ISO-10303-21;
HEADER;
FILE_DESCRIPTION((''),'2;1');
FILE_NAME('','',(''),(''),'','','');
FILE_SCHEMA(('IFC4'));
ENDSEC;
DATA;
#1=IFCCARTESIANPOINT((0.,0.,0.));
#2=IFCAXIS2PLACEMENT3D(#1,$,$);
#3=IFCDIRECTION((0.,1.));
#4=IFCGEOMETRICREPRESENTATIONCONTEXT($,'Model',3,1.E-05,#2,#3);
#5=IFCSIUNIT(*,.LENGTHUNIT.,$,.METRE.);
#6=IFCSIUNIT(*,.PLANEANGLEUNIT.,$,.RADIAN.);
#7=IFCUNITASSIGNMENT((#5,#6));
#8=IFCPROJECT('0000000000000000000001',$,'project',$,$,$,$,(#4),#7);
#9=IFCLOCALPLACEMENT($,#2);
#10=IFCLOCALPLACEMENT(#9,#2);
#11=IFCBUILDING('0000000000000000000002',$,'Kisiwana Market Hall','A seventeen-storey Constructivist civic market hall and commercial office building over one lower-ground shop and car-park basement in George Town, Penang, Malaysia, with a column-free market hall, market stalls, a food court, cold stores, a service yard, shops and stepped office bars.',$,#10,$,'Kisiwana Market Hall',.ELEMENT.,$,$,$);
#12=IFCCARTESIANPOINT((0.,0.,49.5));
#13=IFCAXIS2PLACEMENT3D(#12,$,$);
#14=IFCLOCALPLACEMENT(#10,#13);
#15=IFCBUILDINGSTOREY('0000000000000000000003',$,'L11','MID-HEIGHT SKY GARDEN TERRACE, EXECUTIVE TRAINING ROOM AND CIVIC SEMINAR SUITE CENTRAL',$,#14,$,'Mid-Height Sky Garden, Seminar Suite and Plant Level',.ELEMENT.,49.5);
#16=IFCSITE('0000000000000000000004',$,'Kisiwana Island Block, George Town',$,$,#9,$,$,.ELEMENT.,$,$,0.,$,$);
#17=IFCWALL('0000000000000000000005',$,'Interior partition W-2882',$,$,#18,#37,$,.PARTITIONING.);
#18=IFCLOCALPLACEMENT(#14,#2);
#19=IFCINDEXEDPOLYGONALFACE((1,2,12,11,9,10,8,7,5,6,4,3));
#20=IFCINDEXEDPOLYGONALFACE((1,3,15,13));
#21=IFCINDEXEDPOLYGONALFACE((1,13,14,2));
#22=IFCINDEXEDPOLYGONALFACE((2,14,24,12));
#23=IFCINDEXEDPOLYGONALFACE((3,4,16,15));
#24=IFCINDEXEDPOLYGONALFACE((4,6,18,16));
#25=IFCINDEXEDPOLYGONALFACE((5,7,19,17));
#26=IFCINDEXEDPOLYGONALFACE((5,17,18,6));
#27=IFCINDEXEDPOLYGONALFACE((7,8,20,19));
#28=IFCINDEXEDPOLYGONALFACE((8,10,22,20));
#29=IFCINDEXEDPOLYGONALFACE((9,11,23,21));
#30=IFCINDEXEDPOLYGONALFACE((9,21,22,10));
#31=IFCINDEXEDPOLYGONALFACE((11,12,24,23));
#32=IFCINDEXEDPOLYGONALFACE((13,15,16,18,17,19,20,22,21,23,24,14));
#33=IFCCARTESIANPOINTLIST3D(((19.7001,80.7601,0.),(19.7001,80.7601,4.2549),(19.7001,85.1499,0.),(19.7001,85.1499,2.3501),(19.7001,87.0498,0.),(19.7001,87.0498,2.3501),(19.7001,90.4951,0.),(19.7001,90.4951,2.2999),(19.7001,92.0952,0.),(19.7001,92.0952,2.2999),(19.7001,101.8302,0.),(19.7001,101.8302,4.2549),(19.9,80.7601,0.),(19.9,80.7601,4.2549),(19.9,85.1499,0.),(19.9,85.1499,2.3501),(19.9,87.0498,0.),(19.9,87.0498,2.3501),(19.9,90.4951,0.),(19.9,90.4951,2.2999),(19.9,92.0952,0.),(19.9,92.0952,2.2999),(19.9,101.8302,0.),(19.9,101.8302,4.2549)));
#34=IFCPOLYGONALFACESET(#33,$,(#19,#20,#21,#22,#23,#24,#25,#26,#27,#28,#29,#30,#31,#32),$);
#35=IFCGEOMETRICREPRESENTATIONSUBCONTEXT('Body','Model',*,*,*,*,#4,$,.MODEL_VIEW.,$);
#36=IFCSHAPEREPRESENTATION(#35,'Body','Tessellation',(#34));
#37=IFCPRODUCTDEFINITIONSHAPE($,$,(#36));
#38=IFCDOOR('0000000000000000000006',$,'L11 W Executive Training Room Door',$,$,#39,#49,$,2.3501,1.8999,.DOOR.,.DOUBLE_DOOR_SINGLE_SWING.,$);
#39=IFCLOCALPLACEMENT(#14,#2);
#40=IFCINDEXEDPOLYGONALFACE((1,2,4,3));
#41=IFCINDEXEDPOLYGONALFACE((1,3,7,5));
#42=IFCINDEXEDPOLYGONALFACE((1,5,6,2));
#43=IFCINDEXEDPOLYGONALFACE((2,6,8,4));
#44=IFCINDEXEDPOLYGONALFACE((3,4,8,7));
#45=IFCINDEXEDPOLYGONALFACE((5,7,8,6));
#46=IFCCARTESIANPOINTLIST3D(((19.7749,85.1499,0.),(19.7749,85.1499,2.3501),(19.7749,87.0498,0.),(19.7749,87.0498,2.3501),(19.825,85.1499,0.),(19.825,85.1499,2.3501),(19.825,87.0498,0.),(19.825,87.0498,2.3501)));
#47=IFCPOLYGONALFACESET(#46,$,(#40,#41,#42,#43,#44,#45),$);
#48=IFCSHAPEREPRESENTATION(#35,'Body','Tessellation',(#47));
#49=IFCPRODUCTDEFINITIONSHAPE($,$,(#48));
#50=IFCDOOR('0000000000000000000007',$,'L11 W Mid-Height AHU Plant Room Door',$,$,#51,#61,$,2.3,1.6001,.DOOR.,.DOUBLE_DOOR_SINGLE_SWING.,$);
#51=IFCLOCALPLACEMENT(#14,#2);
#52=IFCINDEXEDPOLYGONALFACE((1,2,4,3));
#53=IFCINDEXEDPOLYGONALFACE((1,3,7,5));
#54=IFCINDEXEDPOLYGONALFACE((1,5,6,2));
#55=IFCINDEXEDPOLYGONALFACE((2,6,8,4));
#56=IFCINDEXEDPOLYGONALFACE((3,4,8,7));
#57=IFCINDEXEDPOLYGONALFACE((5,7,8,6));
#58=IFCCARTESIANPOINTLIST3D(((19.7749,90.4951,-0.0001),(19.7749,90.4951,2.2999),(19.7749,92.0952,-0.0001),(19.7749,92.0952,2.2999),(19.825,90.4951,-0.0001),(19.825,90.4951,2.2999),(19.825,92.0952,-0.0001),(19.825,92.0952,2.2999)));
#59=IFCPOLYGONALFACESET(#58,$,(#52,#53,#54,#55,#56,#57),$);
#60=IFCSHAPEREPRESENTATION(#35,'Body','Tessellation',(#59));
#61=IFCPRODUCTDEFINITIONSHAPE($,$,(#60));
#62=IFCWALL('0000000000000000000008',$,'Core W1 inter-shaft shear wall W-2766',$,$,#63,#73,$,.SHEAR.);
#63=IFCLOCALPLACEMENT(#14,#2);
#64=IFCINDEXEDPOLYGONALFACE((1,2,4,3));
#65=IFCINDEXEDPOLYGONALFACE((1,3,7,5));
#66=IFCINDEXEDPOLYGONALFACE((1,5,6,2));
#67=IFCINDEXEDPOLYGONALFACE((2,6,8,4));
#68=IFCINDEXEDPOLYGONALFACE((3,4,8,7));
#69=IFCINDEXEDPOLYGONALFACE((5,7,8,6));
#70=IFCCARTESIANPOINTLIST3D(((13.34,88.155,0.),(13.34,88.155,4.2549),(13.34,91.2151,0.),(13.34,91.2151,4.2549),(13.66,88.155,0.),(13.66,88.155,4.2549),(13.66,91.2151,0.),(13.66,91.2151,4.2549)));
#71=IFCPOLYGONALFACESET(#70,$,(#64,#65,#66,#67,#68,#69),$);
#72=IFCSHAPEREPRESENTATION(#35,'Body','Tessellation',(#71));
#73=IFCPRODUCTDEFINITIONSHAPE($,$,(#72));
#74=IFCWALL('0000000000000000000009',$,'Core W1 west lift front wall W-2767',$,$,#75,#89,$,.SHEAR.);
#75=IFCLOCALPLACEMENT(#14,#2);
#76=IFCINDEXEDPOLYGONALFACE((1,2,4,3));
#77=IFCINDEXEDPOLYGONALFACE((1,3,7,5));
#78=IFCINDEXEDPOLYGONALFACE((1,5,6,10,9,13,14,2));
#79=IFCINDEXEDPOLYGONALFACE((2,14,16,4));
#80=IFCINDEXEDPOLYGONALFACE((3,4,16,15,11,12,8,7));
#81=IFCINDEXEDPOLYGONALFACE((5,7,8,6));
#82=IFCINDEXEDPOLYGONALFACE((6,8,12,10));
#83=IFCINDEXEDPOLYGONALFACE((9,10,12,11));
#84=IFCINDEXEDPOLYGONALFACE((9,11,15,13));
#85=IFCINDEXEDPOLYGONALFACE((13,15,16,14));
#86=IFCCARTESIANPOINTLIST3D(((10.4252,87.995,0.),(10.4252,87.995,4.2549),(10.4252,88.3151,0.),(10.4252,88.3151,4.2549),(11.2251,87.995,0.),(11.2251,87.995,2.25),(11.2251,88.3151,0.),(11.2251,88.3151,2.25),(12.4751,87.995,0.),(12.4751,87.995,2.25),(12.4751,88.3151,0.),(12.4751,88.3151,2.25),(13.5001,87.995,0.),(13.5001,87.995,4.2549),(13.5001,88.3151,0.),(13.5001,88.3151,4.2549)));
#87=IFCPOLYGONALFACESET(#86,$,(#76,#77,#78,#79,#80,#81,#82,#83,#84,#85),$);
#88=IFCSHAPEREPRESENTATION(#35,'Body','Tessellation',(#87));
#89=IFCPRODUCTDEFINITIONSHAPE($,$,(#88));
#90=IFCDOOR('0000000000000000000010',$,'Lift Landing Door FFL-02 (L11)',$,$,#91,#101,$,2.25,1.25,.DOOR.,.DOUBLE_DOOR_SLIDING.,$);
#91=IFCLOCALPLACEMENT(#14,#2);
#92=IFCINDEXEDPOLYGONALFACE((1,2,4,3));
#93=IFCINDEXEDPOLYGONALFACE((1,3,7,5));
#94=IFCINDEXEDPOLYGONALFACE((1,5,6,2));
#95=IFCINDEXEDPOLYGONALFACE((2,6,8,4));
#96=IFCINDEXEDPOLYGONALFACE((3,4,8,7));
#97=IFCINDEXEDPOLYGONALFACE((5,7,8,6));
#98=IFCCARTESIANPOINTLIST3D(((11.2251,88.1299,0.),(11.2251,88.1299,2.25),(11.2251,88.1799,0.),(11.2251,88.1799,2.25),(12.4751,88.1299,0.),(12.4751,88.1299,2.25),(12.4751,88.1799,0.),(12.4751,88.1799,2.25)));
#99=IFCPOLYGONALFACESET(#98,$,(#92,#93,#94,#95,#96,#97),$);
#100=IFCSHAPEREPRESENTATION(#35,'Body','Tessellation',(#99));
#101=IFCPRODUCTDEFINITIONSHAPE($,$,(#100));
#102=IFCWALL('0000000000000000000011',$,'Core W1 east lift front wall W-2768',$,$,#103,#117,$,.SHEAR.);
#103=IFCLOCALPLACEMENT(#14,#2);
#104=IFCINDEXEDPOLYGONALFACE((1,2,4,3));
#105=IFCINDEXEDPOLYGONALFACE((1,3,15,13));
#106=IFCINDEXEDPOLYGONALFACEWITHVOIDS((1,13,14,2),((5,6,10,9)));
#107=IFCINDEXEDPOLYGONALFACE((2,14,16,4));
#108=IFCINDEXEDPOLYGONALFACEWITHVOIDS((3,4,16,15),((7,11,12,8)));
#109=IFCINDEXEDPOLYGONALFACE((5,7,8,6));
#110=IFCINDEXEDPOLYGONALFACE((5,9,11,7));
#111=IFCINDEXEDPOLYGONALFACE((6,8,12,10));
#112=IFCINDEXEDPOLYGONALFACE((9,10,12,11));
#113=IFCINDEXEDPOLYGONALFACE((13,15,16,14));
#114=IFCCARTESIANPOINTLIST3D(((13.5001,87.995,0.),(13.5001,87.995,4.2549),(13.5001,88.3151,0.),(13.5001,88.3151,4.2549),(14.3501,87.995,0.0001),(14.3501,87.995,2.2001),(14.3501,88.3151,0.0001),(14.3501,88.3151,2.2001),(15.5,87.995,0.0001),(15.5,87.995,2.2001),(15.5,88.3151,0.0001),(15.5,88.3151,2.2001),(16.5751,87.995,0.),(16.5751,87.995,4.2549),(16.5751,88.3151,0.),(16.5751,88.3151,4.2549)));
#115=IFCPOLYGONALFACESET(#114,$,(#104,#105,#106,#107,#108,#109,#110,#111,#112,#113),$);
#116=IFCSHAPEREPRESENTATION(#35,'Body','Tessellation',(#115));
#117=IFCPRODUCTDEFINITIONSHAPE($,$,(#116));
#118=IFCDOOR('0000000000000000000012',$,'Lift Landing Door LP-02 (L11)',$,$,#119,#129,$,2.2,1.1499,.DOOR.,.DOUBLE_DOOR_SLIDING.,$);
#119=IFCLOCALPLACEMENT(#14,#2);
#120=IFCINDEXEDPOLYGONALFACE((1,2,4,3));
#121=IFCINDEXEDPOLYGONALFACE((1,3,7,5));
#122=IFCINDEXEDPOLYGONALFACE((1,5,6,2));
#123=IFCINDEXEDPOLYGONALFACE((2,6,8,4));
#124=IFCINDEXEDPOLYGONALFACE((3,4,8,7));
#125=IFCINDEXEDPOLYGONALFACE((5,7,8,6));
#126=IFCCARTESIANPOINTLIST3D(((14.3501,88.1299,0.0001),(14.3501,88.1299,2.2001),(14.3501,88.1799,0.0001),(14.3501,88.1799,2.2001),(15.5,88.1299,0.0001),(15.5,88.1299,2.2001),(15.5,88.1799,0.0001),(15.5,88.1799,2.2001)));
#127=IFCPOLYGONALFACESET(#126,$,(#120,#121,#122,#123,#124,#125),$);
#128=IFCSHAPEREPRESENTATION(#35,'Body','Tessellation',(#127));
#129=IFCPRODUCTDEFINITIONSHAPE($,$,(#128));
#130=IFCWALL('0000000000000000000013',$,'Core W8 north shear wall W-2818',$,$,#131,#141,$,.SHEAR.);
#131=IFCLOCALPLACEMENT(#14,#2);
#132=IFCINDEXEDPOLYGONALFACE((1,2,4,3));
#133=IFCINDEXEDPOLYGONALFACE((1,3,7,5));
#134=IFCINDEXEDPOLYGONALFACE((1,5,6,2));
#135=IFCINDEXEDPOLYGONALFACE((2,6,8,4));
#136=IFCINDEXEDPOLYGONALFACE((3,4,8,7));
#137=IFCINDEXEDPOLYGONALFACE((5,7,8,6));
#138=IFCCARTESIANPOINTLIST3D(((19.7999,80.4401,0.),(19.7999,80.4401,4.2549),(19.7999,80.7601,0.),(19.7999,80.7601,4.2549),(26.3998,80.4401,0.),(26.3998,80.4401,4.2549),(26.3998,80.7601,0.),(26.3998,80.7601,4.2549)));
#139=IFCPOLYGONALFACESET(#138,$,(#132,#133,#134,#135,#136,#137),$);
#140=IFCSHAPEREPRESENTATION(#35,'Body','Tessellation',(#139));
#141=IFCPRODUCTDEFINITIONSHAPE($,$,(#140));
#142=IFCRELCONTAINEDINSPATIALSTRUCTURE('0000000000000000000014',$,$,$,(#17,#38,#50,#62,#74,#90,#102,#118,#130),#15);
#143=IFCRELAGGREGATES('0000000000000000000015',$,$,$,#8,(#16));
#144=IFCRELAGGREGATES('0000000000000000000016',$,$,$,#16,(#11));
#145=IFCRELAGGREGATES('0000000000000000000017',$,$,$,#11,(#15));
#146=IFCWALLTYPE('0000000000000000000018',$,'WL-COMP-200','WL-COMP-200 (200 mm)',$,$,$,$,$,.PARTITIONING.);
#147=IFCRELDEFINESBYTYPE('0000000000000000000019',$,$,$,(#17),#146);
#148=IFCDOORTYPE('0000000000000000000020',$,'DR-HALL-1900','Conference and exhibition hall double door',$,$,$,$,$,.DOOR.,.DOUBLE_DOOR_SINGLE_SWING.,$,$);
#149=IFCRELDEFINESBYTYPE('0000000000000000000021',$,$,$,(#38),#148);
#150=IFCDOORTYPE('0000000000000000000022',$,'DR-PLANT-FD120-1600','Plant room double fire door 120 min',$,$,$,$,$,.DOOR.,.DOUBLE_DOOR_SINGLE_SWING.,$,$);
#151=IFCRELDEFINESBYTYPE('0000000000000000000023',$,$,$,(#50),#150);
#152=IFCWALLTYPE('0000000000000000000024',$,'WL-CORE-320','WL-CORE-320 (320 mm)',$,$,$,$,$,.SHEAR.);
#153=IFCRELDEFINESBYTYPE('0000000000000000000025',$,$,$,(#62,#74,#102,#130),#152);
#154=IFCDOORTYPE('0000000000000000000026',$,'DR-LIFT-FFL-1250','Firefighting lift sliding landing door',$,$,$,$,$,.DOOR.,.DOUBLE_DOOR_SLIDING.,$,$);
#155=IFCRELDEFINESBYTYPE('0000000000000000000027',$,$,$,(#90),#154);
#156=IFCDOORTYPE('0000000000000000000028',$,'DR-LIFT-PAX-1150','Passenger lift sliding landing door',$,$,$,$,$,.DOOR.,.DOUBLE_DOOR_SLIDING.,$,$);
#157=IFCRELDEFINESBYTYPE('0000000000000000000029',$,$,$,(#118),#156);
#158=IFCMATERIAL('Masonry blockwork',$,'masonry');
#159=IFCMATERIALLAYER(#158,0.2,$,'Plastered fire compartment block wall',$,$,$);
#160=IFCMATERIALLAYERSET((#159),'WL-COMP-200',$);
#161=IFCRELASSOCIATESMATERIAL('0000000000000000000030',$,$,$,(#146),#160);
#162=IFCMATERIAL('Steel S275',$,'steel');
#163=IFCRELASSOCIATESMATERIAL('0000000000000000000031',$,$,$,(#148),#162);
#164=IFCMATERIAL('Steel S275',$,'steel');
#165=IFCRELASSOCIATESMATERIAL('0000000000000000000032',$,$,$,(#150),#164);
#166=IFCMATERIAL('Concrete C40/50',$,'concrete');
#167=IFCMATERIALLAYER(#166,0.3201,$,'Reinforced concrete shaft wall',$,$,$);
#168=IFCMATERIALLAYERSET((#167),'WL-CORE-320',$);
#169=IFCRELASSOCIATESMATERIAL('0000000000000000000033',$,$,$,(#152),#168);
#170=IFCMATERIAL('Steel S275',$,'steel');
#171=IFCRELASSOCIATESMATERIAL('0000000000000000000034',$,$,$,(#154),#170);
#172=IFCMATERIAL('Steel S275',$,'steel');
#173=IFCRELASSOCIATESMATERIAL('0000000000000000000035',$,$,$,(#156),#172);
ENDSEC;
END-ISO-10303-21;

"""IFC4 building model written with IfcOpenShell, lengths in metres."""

from ifc_helpers import new_model, si_unit, direction, frame, frame_2d, origin, place, context, subcontext, project, spatial, rectangle, extrude, material, layer, layer_set, type_object, element, fill, save


model = new_model("IFC4")

# Units and contexts
model_context = context("Model", 3, precision=1e-05, world=origin(), true_north=direction((0.0, 1.0)))
body_context = subcontext(model_context, "Body", "Model", "MODEL_VIEW")
ifc_project = project(units=[si_unit("LENGTHUNIT", "METRE"), si_unit("PLANEANGLEUNIT", "RADIAN")], contexts=[model_context])

# Site, building, storey
site_placement = place(None, origin())
site = spatial("IfcSite", under=ifc_project, at=site_placement, Name="Kisiwana Island Block, George Town", CompositionType="ELEMENT", RefElevation=0.0)
building_placement = place(site_placement, origin())
building = spatial("IfcBuilding", under=site, at=building_placement, Name="Kisiwana Market Hall", Description="A seventeen-storey Constructivist civic market hall and commercial office building over one lower-ground shop and car-park basement in George Town, Penang, Malaysia, with a column-free market hall, market stalls, a food court, cold stores, a service yard, shops and stepped office bars.", LongName="Kisiwana Market Hall", CompositionType="ELEMENT")
storey_placement = place(building_placement, frame((0.0, 0.0, 49.5)))
storey = spatial("IfcBuildingStorey", under=building, at=storey_placement, Name="L11", Description="MID-HEIGHT SKY GARDEN TERRACE, EXECUTIVE TRAINING ROOM AND CIVIC SEMINAR SUITE CENTRAL", LongName="Mid-Height Sky Garden, Seminar Suite and Plant Level", CompositionType="ELEMENT", Elevation=49.5)

# Shared definitions
ifc_material_1 = material(Name="Masonry blockwork", Category="masonry")
ifc_layer_1 = layer(ifc_material_1, 0.2, Name="Plastered fire compartment block wall")
ifc_layer_set_1 = layer_set([ifc_layer_1], Name="WL-COMP-200")
wall_type_1 = type_object("IfcWallType", Name="WL-COMP-200", Description="WL-COMP-200 (200 mm)", PredefinedType="PARTITIONING", material=ifc_layer_set_1)

# Wall, openings, doors
wall_1_placement = place(storey_placement, frame((19.8, 80.76, 0.0), z_axis=(0.0, 0.0, 1.0), x_axis=(0.0, 1.0, 0.0)))
wall_1 = element("IfcWall", 1, at=wall_1_placement, inside=storey, type_object=wall_type_1, Name="Interior partition W-2882", PredefinedType="PARTITIONING", context=body_context, shape_type="SweptSolid", body=[
    extrude(rectangle(XDim=21.0701, YDim=0.2, at=frame_2d((10.5352, 0.0))), origin(), (0.0, 0.0, 1.0), 4.2549),
])
opening_1_placement = place(wall_1_placement, frame((4.3899, 0.0, 0.0)))
opening_1 = element("IfcOpeningElement", 2, at=opening_1_placement, cuts=wall_1, PredefinedType="OPENING", context=body_context, shape_type="SweptSolid", body=[
    extrude(rectangle(XDim=1.8999, YDim=2.3501, at=frame_2d((0.95, 1.175))), frame((0.0, 0.1118, 0.0), z_axis=(0.0, -1.0, 0.0), x_axis=(1.0, 0.0, 0.0)), (0.0, 0.0, 1.0), 0.2239),
])
opening_2_placement = place(wall_1_placement, frame((9.7351, 0.0, 0.0)))
opening_2 = element("IfcOpeningElement", 3, at=opening_2_placement, cuts=wall_1, PredefinedType="OPENING", context=body_context, shape_type="SweptSolid", body=[
    extrude(rectangle(XDim=1.6001, YDim=2.3, at=frame_2d((0.8, 1.1499))), frame((0.0, 0.1118, 0.0), z_axis=(0.0, -1.0, 0.0), x_axis=(1.0, 0.0, 0.0)), (0.0, 0.0, 1.0), 0.2239),
])
ifc_material_2 = material(Name="Steel S275", Category="steel")
door_type_1 = type_object("IfcDoorType", Name="DR-HALL-1900", Description="Conference and exhibition hall double door", OperationType="DOUBLE_DOOR_SINGLE_SWING", PredefinedType="DOOR", material=ifc_material_2)
door_1_placement = place(opening_1_placement, frame((1.8999, 0.0, 0.0), z_axis=(0.0, 0.0, 1.0), x_axis=(-1.0, 0.0, 0.0)))
door_1 = element("IfcDoor", 4, at=door_1_placement, inside=storey, type_object=door_type_1, Name="L11 W Executive Training Room Door", OperationType="DOUBLE_DOOR_SINGLE_SWING", OverallHeight=2.3501, OverallWidth=1.8999, PredefinedType="DOOR", context=body_context, shape_type="SweptSolid", body=[
    extrude(rectangle(XDim=1.8999, YDim=2.3501, at=frame_2d((0.95, 1.175))), frame((0.0, 0.0249, 0.0), z_axis=(0.0, -1.0, 0.0), x_axis=(1.0, 0.0, 0.0)), (0.0, 0.0, 1.0), 0.05),
])
fill(opening_1, door_1)
ifc_material_3 = material(Name="Steel S275", Category="steel")
door_type_2 = type_object("IfcDoorType", Name="DR-PLANT-FD120-1600", Description="Plant room double fire door 120 min", OperationType="DOUBLE_DOOR_SINGLE_SWING", PredefinedType="DOOR", material=ifc_material_3)
door_2_placement = place(opening_2_placement, frame((1.6001, 0.0, 0.0), z_axis=(0.0, 0.0, 1.0), x_axis=(-1.0, 0.0, 0.0)))
door_2 = element("IfcDoor", 5, at=door_2_placement, inside=storey, type_object=door_type_2, Name="L11 W Mid-Height AHU Plant Room Door", OperationType="DOUBLE_DOOR_SINGLE_SWING", OverallHeight=2.3, OverallWidth=1.6001, PredefinedType="DOOR", context=body_context, shape_type="SweptSolid", body=[
    extrude(rectangle(XDim=1.6001, YDim=2.3, at=frame_2d((0.8, 1.1499))), frame((0.0, 0.0249, 0.0), z_axis=(0.0, -1.0, 0.0), x_axis=(1.0, 0.0, 0.0)), (0.0, 0.0, 1.0), 0.05),
])
fill(opening_2, door_2)

# Wall
ifc_material_4 = material(Name="Concrete C40/50", Category="concrete")
ifc_layer_2 = layer(ifc_material_4, 0.3201, Name="Reinforced concrete shaft wall")
ifc_layer_set_2 = layer_set([ifc_layer_2], Name="WL-CORE-320")
wall_type_2 = type_object("IfcWallType", Name="WL-CORE-320", Description="WL-CORE-320 (320 mm)", PredefinedType="SHEAR", material=ifc_layer_set_2)
wall_2_placement = place(storey_placement, frame((13.5, 88.155, 0.0), z_axis=(0.0, 0.0, 1.0), x_axis=(0.0, 1.0, 0.0)))
element("IfcWall", 6, at=wall_2_placement, inside=storey, type_object=wall_type_2, Name="Core W1 inter-shaft shear wall W-2766", PredefinedType="SHEAR", context=body_context, shape_type="SweptSolid", body=[
    extrude(rectangle(XDim=3.0601, YDim=0.3201, at=frame_2d((1.53, 0.0))), origin(), (0.0, 0.0, 1.0), 4.2549),
])

# Walls, openings, doors
wall_3_placement = place(storey_placement, frame((10.425, 88.155, 0.0), z_axis=(0.0, 0.0, 1.0), x_axis=(1.0, 0.0, 0.0)))
wall_3 = element("IfcWall", 7, at=wall_3_placement, inside=storey, type_object=wall_type_2, Name="Core W1 west lift front wall W-2767", PredefinedType="SHEAR", context=body_context, shape_type="SweptSolid", body=[
    extrude(rectangle(XDim=3.075, YDim=0.3201, at=frame_2d((1.5376, 0.0))), origin(), (0.0, 0.0, 1.0), 4.2549),
])
opening_3_placement = place(wall_3_placement, frame((0.8, 0.0, 0.0)))
opening_3 = element("IfcOpeningElement", 8, at=opening_3_placement, cuts=wall_3, PredefinedType="OPENING", context=body_context, shape_type="SweptSolid", body=[
    extrude(rectangle(XDim=1.25, YDim=2.25, at=frame_2d((0.625, 1.125))), frame((0.0, 0.1719, 0.0), z_axis=(0.0, -1.0, 0.0), x_axis=(1.0, 0.0, 0.0)), (0.0, 0.0, 1.0), 0.344),
])
ifc_material_5 = material(Name="Steel S275", Category="steel")
door_type_3 = type_object("IfcDoorType", Name="DR-LIFT-FFL-1250", Description="Firefighting lift sliding landing door", OperationType="DOUBLE_DOOR_SLIDING", PredefinedType="DOOR", material=ifc_material_5)
door_3_placement = place(opening_3_placement, origin())
door_3 = element("IfcDoor", 9, at=door_3_placement, inside=storey, type_object=door_type_3, Name="Lift Landing Door FFL-02 (L11)", OperationType="DOUBLE_DOOR_SLIDING", OverallHeight=2.25, OverallWidth=1.25, PredefinedType="DOOR", context=body_context, shape_type="SweptSolid", body=[
    extrude(rectangle(XDim=1.25, YDim=2.25, at=frame_2d((0.625, 1.125))), frame((0.0, 0.0249, 0.0), z_axis=(0.0, -1.0, 0.0), x_axis=(1.0, 0.0, 0.0)), (0.0, 0.0, 1.0), 0.05),
])
fill(opening_3, door_3)
wall_4_placement = place(storey_placement, frame((13.5, 88.155, 0.0), z_axis=(0.0, 0.0, 1.0), x_axis=(1.0, 0.0, 0.0)))
wall_4 = element("IfcWall", 10, at=wall_4_placement, inside=storey, type_object=wall_type_2, Name="Core W1 east lift front wall W-2768", PredefinedType="SHEAR", context=body_context, shape_type="SweptSolid", body=[
    extrude(rectangle(XDim=3.075, YDim=0.3201, at=frame_2d((1.5376, 0.0))), origin(), (0.0, 0.0, 1.0), 4.2549),
])
opening_4_placement = place(wall_4_placement, frame((0.8501, 0.0, 0.0)))
opening_4 = element("IfcOpeningElement", 11, at=opening_4_placement, cuts=wall_4, PredefinedType="OPENING", context=body_context, shape_type="SweptSolid", body=[
    extrude(rectangle(XDim=1.1499, YDim=2.2, at=frame_2d((0.575, 1.1001))), frame((0.0, 0.1719, 0.0), z_axis=(0.0, -1.0, 0.0), x_axis=(1.0, 0.0, 0.0)), (0.0, 0.0, 1.0), 0.344),
])
ifc_material_6 = material(Name="Steel S275", Category="steel")
door_type_4 = type_object("IfcDoorType", Name="DR-LIFT-PAX-1150", Description="Passenger lift sliding landing door", OperationType="DOUBLE_DOOR_SLIDING", PredefinedType="DOOR", material=ifc_material_6)
door_4_placement = place(opening_4_placement, origin())
door_4 = element("IfcDoor", 12, at=door_4_placement, inside=storey, type_object=door_type_4, Name="Lift Landing Door LP-02 (L11)", OperationType="DOUBLE_DOOR_SLIDING", OverallHeight=2.2, OverallWidth=1.1499, PredefinedType="DOOR", context=body_context, shape_type="SweptSolid", body=[
    extrude(rectangle(XDim=1.1499, YDim=2.2, at=frame_2d((0.575, 1.1001))), frame((0.0, 0.0249, 0.0), z_axis=(0.0, -1.0, 0.0), x_axis=(1.0, 0.0, 0.0)), (0.0, 0.0, 1.0), 0.05),
])
fill(opening_4, door_4)

# Wall
wall_5_placement = place(storey_placement, frame((19.8, 80.6001, 0.0), z_axis=(0.0, 0.0, 1.0), x_axis=(1.0, 0.0, 0.0)))
element("IfcWall", 13, at=wall_5_placement, inside=storey, type_object=wall_type_2, Name="Core W8 north shear wall W-2818", PredefinedType="SHEAR", context=body_context, shape_type="SweptSolid", body=[
    extrude(rectangle(XDim=6.5999, YDim=0.3201, at=frame_2d((3.2998, 0.0))), origin(), (0.0, 0.0, 1.0), 4.2549),
])

save(model, "model.ifc")
